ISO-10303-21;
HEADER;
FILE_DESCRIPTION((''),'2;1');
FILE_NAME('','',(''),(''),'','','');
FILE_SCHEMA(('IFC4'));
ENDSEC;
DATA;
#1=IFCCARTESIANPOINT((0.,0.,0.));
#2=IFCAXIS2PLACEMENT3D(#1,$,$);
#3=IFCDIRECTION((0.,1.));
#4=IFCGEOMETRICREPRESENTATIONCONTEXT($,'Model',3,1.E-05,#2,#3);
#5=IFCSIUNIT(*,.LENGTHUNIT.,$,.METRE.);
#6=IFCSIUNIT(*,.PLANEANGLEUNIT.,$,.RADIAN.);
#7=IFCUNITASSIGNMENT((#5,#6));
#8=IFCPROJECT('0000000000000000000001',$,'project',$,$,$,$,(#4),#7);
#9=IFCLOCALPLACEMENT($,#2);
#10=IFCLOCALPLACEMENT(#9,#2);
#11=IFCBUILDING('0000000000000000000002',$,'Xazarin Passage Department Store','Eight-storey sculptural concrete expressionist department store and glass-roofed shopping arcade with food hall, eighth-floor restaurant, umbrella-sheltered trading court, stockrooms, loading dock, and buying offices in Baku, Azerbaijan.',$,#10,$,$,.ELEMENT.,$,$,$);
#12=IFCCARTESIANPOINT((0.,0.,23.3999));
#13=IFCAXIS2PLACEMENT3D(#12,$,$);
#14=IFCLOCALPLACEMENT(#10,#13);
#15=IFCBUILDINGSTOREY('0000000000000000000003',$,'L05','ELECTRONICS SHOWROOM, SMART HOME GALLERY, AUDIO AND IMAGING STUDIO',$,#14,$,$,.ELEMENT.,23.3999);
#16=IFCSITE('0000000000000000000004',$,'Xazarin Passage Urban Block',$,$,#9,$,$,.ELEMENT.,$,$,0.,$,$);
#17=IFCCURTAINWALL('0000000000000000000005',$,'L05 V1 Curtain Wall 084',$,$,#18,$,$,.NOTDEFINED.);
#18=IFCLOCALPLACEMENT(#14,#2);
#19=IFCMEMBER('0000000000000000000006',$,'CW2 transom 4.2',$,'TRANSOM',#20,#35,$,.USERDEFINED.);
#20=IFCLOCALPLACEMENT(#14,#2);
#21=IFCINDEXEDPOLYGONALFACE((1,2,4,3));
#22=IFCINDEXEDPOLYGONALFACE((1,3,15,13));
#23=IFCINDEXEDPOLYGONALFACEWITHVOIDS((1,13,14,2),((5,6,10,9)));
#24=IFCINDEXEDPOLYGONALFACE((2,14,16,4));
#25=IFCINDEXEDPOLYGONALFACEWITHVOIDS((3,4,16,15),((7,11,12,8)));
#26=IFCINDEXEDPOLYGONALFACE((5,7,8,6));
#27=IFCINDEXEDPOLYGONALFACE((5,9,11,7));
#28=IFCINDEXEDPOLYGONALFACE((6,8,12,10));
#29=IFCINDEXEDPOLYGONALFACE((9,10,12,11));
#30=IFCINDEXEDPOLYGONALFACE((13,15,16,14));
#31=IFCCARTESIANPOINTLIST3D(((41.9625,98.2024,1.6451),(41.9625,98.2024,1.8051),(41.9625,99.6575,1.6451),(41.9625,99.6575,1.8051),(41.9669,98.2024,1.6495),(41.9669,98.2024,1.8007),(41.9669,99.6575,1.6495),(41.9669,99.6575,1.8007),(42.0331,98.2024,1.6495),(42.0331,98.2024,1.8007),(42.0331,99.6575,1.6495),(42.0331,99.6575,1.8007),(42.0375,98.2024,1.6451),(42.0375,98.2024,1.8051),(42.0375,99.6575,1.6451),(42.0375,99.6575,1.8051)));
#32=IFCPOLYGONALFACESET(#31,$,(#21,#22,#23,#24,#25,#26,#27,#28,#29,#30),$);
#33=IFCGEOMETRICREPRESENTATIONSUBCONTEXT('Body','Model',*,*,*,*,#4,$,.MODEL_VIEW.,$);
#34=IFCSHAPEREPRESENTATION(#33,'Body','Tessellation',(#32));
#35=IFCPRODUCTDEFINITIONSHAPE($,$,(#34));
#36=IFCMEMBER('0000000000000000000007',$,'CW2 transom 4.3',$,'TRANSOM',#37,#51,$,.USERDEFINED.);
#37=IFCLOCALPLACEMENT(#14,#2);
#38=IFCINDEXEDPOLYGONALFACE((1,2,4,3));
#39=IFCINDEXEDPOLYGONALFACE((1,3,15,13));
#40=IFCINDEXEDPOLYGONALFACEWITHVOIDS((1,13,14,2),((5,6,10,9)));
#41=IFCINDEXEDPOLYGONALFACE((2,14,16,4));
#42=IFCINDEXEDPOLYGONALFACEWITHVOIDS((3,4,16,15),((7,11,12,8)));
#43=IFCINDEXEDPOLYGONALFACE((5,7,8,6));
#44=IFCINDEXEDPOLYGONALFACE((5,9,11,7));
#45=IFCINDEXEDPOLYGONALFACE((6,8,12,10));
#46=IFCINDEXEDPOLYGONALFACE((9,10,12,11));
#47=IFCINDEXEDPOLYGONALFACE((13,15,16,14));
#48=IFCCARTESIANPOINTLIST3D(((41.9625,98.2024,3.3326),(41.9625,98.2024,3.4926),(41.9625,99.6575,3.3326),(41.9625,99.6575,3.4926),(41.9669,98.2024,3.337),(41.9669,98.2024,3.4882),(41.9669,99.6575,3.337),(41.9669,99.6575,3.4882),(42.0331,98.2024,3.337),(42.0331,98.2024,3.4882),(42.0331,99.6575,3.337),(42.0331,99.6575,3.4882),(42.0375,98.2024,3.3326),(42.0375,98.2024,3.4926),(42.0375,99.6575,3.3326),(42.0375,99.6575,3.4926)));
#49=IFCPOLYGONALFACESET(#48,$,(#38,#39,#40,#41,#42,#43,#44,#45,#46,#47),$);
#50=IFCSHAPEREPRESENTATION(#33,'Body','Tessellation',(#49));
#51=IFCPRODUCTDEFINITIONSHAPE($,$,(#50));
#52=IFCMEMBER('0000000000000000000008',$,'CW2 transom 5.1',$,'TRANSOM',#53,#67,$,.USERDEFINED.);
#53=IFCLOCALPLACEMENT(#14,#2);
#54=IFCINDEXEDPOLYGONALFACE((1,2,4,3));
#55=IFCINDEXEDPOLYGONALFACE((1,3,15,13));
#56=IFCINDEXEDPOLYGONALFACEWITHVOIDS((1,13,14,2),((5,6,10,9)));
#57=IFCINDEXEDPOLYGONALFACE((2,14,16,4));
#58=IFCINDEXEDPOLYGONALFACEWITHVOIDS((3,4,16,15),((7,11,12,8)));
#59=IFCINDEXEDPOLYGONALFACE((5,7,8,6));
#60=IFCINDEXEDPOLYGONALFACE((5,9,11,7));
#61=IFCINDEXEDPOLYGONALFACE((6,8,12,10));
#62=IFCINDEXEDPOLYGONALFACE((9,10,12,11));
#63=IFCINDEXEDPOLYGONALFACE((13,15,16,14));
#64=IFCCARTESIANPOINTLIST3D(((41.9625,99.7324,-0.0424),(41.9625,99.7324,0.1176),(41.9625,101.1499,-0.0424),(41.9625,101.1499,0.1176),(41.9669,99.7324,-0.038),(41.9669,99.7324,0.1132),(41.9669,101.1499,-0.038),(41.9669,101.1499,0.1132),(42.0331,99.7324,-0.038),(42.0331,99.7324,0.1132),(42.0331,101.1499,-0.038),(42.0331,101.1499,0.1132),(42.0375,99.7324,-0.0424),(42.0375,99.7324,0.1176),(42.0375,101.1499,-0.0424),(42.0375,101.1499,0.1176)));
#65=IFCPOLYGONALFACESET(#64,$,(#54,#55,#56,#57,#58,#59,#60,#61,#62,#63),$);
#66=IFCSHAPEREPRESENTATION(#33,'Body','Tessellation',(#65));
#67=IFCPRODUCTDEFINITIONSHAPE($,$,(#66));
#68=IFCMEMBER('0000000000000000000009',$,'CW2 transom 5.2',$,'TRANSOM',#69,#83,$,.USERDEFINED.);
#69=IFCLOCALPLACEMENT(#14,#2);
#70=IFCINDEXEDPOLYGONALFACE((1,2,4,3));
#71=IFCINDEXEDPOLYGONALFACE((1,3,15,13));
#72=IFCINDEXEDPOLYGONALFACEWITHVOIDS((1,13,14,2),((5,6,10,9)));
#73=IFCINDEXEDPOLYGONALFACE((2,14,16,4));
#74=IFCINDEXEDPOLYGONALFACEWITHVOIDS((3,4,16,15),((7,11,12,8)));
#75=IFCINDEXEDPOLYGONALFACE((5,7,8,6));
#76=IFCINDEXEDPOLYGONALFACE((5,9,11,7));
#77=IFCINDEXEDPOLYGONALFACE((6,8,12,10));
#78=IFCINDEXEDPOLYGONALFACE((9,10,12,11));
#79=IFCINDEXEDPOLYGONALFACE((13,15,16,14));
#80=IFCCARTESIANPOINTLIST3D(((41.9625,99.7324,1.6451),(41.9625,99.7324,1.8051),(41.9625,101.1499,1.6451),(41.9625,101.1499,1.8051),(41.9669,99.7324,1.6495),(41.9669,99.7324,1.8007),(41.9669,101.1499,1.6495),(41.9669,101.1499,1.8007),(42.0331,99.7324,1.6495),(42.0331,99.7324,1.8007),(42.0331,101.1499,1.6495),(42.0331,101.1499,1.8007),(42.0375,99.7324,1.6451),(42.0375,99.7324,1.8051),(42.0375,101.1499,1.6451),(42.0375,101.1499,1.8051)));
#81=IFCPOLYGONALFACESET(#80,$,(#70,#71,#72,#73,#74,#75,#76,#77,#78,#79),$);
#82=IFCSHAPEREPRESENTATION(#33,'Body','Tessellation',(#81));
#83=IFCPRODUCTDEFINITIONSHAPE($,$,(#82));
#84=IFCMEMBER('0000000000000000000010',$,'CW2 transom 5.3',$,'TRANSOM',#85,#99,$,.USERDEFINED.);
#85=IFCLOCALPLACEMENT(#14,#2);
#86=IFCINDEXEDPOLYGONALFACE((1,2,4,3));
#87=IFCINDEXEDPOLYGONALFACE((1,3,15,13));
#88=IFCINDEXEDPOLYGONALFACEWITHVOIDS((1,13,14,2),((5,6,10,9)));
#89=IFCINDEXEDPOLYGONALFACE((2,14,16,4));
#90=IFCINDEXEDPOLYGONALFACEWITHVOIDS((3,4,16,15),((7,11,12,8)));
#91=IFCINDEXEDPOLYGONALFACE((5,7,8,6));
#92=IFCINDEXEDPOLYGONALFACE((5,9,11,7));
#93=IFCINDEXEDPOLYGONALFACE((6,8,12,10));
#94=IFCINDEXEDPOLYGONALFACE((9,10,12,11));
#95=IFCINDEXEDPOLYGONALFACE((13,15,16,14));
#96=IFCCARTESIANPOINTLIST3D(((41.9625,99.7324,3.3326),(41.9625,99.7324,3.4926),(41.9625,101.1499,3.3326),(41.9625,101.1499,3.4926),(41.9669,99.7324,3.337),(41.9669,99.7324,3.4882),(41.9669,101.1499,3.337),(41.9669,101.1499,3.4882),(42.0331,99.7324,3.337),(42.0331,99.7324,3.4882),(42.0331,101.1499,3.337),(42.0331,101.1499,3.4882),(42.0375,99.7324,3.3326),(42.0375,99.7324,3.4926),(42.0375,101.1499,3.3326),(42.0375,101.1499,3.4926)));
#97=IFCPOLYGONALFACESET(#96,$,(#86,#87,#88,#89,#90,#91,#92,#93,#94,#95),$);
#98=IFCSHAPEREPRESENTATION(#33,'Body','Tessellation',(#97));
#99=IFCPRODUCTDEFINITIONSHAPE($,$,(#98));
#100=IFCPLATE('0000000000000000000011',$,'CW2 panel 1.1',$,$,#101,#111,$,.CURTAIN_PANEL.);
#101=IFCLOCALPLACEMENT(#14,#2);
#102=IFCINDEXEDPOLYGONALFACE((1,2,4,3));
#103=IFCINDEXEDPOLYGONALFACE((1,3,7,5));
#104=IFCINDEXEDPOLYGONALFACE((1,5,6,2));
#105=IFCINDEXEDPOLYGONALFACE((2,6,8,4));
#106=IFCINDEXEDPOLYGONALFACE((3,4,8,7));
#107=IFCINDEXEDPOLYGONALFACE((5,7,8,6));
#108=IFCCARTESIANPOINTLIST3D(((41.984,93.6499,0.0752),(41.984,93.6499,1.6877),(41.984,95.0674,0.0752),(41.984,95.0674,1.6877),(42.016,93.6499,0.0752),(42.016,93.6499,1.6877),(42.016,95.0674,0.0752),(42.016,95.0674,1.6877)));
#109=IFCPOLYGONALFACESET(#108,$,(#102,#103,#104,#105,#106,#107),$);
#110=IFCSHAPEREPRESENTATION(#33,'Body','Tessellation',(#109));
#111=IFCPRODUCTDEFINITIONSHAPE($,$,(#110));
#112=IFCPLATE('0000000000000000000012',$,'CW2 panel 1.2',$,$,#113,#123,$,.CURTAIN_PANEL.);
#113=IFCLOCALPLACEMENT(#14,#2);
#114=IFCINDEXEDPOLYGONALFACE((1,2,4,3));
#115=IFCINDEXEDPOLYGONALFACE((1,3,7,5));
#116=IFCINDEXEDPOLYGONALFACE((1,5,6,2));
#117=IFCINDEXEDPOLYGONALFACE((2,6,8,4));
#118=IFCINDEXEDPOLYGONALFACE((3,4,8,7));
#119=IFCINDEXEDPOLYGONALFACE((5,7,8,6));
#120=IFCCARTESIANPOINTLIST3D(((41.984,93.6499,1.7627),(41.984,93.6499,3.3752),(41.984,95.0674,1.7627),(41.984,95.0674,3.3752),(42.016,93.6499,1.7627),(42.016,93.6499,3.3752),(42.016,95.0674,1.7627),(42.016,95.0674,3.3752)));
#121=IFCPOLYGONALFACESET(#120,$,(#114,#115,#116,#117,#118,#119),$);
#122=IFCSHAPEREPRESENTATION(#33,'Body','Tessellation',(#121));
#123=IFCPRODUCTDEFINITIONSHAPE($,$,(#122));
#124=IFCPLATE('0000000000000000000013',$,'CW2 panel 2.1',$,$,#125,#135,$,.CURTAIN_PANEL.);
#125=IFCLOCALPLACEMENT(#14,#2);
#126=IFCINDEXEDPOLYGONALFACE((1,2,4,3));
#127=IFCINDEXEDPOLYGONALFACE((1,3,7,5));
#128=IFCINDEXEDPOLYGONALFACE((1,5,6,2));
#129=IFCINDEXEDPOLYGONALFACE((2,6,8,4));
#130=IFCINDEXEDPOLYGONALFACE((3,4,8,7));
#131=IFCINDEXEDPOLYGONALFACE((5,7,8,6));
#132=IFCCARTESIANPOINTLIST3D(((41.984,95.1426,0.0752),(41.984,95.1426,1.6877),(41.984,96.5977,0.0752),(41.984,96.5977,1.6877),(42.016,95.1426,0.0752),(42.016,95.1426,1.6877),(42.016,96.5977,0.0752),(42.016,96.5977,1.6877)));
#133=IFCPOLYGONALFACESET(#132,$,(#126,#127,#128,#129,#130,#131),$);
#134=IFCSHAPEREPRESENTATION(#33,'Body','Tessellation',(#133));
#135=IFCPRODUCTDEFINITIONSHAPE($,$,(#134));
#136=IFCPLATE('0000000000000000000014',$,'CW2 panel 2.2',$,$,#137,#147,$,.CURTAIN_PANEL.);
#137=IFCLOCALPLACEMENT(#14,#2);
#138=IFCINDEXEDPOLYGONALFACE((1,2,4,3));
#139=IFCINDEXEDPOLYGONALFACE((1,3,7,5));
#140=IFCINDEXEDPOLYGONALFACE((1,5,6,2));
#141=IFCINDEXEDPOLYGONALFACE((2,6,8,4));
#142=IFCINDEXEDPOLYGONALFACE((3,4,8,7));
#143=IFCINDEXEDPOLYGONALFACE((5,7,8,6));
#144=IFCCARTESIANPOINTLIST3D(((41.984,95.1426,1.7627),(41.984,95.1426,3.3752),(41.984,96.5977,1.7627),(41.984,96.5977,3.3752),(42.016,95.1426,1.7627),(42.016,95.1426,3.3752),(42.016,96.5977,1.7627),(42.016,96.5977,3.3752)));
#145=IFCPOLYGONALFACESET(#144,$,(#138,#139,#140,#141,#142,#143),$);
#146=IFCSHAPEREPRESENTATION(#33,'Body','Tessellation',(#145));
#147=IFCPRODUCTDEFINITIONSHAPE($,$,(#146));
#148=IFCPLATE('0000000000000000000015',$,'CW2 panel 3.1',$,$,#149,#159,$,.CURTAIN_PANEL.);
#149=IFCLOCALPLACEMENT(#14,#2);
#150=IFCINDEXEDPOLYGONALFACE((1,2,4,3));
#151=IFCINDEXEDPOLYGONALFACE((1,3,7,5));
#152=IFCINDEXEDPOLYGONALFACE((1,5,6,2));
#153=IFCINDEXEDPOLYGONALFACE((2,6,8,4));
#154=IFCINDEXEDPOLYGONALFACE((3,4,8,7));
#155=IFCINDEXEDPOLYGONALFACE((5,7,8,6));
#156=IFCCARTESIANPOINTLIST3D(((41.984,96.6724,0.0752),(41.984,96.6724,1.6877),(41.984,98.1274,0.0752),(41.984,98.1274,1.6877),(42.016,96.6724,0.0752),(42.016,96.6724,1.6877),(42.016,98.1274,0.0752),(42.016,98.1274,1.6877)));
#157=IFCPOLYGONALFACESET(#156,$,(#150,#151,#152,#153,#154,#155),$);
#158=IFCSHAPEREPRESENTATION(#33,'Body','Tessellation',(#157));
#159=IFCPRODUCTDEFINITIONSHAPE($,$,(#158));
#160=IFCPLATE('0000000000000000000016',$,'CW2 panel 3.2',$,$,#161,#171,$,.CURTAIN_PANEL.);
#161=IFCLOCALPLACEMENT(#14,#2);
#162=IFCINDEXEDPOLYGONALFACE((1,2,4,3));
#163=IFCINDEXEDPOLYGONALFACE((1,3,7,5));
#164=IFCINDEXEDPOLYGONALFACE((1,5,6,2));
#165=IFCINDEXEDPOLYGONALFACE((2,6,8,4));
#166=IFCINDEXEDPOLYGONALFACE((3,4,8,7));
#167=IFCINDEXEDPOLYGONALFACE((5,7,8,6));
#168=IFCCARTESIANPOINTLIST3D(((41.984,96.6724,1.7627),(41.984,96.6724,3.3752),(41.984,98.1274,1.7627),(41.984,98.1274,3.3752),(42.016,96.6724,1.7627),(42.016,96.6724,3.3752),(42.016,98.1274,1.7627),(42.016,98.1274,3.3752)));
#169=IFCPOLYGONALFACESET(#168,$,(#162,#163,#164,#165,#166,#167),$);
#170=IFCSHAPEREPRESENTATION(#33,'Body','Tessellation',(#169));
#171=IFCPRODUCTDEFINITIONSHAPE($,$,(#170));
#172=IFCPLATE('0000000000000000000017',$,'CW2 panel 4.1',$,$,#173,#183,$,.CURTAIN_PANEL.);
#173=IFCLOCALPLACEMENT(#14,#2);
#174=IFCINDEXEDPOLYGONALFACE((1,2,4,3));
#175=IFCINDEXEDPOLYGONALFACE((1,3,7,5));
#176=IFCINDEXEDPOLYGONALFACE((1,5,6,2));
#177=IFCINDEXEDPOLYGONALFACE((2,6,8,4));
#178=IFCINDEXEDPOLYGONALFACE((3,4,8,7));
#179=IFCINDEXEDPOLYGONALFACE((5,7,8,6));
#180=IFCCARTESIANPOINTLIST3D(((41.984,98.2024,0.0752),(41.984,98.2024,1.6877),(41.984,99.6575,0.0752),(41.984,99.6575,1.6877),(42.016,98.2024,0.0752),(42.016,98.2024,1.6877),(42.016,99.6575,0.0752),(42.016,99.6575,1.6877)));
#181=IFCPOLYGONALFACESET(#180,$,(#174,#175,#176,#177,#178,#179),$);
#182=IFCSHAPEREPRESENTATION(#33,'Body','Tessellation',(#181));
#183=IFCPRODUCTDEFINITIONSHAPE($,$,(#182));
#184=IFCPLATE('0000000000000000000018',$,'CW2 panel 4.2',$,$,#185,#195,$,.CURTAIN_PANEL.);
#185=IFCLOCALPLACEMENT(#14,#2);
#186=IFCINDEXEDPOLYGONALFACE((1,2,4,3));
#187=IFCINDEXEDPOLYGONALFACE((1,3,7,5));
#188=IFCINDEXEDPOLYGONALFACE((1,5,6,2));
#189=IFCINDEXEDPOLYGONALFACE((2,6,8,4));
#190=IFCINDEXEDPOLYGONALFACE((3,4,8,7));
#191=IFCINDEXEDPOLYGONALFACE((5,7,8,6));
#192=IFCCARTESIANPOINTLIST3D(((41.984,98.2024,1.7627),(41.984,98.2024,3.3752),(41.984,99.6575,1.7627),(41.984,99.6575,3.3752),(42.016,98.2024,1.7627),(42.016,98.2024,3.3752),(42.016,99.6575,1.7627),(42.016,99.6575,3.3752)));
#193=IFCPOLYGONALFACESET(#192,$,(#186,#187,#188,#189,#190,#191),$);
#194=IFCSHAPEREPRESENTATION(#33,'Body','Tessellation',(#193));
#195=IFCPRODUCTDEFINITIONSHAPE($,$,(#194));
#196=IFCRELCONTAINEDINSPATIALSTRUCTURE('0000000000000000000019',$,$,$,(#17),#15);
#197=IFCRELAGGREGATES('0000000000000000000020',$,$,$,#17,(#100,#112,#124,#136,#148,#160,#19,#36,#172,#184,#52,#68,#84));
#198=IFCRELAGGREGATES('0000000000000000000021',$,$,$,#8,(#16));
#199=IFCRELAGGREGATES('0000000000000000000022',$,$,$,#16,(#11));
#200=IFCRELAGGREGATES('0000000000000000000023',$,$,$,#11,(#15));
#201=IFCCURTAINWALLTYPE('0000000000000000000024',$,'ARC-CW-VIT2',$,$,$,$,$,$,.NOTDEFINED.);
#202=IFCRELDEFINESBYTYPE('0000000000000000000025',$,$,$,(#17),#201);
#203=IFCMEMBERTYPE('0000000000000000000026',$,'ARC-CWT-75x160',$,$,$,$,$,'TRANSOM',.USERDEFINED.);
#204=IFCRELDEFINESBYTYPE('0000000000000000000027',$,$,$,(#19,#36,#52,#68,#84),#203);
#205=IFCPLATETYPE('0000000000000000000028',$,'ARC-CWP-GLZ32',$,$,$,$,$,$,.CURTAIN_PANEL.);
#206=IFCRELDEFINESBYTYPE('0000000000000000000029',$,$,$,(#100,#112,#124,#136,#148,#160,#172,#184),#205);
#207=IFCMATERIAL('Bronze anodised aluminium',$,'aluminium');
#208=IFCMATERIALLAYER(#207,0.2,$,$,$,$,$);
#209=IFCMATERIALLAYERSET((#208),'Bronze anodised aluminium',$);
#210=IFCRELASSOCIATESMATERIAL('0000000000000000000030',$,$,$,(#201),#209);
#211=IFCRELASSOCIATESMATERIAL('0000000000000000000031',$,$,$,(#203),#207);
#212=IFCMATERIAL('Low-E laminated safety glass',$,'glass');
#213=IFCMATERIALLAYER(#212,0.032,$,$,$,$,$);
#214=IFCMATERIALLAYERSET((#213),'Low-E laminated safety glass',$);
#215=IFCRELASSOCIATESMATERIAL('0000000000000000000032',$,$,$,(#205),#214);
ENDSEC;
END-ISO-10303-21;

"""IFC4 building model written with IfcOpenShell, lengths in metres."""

from ifc_helpers import new_model, si_unit, direction, frame, origin, origin_2d, place, context, subcontext, project, spatial, rectangle, hollow_rectangle, extrude, material, layer, layer_set, material_profile, profile_set, type_object, element, aggregate, save


model = new_model("IFC4")

# Units and contexts
model_context = context("Model", 3, precision=1e-05, world=origin(), true_north=direction((0.0, 1.0)))
body_context = subcontext(model_context, "Body", "Model", "MODEL_VIEW")
ifc_project = project(units=[si_unit("LENGTHUNIT", "METRE"), si_unit("PLANEANGLEUNIT", "RADIAN")], contexts=[model_context])

# Site, building, storey
site_placement = place(None, origin())
site = spatial("IfcSite", under=ifc_project, at=site_placement, Name="Xazarin Passage Urban Block", CompositionType="ELEMENT", RefElevation=0.0)
building_placement = place(site_placement, origin())
building = spatial("IfcBuilding", under=site, at=building_placement, Name="Xazarin Passage Department Store", Description="Eight-storey sculptural concrete expressionist department store and glass-roofed shopping arcade with food hall, eighth-floor restaurant, umbrella-sheltered trading court, stockrooms, loading dock, and buying offices in Baku, Azerbaijan.", CompositionType="ELEMENT")
storey_placement = place(building_placement, frame((0.0, 0.0, 23.3999)))
storey = spatial("IfcBuildingStorey", under=building, at=storey_placement, Name="L05", Description="ELECTRONICS SHOWROOM, SMART HOME GALLERY, AUDIO AND IMAGING STUDIO", CompositionType="ELEMENT", Elevation=23.3999)

# Curtain wall, members, plates
ifc_material_1 = material(Name="Bronze anodised aluminium", Category="aluminium")
ifc_layer_1 = layer(ifc_material_1, 0.2)
ifc_layer_set_1 = layer_set([ifc_layer_1], Name="Bronze anodised aluminium")
curtain_wall_type = type_object("IfcCurtainWallType", Name="ARC-CW-VIT2", PredefinedType="NOTDEFINED", material=ifc_layer_set_1)
curtain_wall_placement = place(storey_placement, origin())
curtain_wall = element("IfcCurtainWall", 1, at=curtain_wall_placement, inside=storey, type_object=curtain_wall_type, Name="L05 V1 Curtain Wall 084", PredefinedType="NOTDEFINED")
ifc_material_profile_1 = material_profile(ifc_material_1, hollow_rectangle(XDim=0.075, YDim=0.1599, WallThickness=0.0044, at=origin_2d()), Name="ALU 75x160")
ifc_profile_set_1 = profile_set([ifc_material_profile_1], Name="Bronze anodised aluminium")
member_type_1 = type_object("IfcMemberType", Name="ARC-CWT-75x160", ElementType="TRANSOM", PredefinedType="USERDEFINED", material=ifc_profile_set_1)
member_1_placement = place(storey_placement, frame((42.0, 98.2024, 1.7251), z_axis=(0.0, 1.0, 0.0), x_axis=(-1.0, 0.0, 0.0)))
member_1 = element("IfcMember", 2, at=member_1_placement, type_object=member_type_1, Name="CW2 transom 4.2", ObjectType="TRANSOM", PredefinedType="USERDEFINED", context=body_context, shape_type="SweptSolid", body=[
    extrude(hollow_rectangle(XDim=0.075, YDim=0.1599, WallThickness=0.0044, at=origin_2d()), origin(), (0.0, 0.0, 1.0), 1.4551),
])
member_2_placement = place(storey_placement, frame((42.0, 98.2024, 3.4126), z_axis=(0.0, 1.0, 0.0), x_axis=(-1.0, 0.0, 0.0)))
member_2 = element("IfcMember", 3, at=member_2_placement, type_object=member_type_1, Name="CW2 transom 4.3", ObjectType="TRANSOM", PredefinedType="USERDEFINED", context=body_context, shape_type="SweptSolid", body=[
    extrude(hollow_rectangle(XDim=0.075, YDim=0.1599, WallThickness=0.0044, at=origin_2d()), origin(), (0.0, 0.0, 1.0), 1.4551),
])
member_3_placement = place(storey_placement, frame((42.0, 99.7324, 0.0376), z_axis=(0.0, 1.0, 0.0), x_axis=(-1.0, 0.0, 0.0)))
member_3 = element("IfcMember", 4, at=member_3_placement, type_object=member_type_1, Name="CW2 transom 5.1", ObjectType="TRANSOM", PredefinedType="USERDEFINED", context=body_context, shape_type="SweptSolid", body=[
    extrude(hollow_rectangle(XDim=0.075, YDim=0.1599, WallThickness=0.0044, at=origin_2d()), origin(), (0.0, 0.0, 1.0), 1.4175),
])
member_4_placement = place(storey_placement, frame((42.0, 99.7324, 1.7251), z_axis=(0.0, 1.0, 0.0), x_axis=(-1.0, 0.0, 0.0)))
member_4 = element("IfcMember", 5, at=member_4_placement, type_object=member_type_1, Name="CW2 transom 5.2", ObjectType="TRANSOM", PredefinedType="USERDEFINED", context=body_context, shape_type="SweptSolid", body=[
    extrude(hollow_rectangle(XDim=0.075, YDim=0.1599, WallThickness=0.0044, at=origin_2d()), origin(), (0.0, 0.0, 1.0), 1.4175),
])
member_5_placement = place(storey_placement, frame((42.0, 99.7324, 3.4126), z_axis=(0.0, 1.0, 0.0), x_axis=(-1.0, 0.0, 0.0)))
member_5 = element("IfcMember", 6, at=member_5_placement, type_object=member_type_1, Name="CW2 transom 5.3", ObjectType="TRANSOM", PredefinedType="USERDEFINED", context=body_context, shape_type="SweptSolid", body=[
    extrude(hollow_rectangle(XDim=0.075, YDim=0.1599, WallThickness=0.0044, at=origin_2d()), origin(), (0.0, 0.0, 1.0), 1.4175),
])
ifc_material_2 = material(Name="Low-E laminated safety glass", Category="glass")
ifc_layer_2 = layer(ifc_material_2, 0.032)
ifc_layer_set_2 = layer_set([ifc_layer_2], Name="Low-E laminated safety glass")
plate_type = type_object("IfcPlateType", Name="ARC-CWP-GLZ32", PredefinedType="CURTAIN_PANEL", material=ifc_layer_set_2)
plate_1_placement = place(storey_placement, frame((42.0, 94.3586, 0.0752), z_axis=(0.0, 0.0, 1.0), x_axis=(0.0, 1.0, 0.0)))
plate_1 = element("IfcPlate", 7, at=plate_1_placement, type_object=plate_type, Name="CW2 panel 1.1", PredefinedType="CURTAIN_PANEL", context=body_context, shape_type="SweptSolid", body=[
    extrude(rectangle(XDim=1.4175, YDim=0.032, at=origin_2d()), origin(), (0.0, 0.0, 1.0), 1.6125),
])
plate_2_placement = place(storey_placement, frame((42.0, 94.3586, 1.7627), z_axis=(0.0, 0.0, 1.0), x_axis=(0.0, 1.0, 0.0)))
plate_2 = element("IfcPlate", 8, at=plate_2_placement, type_object=plate_type, Name="CW2 panel 1.2", PredefinedType="CURTAIN_PANEL", context=body_context, shape_type="SweptSolid", body=[
    extrude(rectangle(XDim=1.4175, YDim=0.032, at=origin_2d()), origin(), (0.0, 0.0, 1.0), 1.6125),
])
plate_3_placement = place(storey_placement, frame((42.0, 95.8701, 0.0752), z_axis=(0.0, 0.0, 1.0), x_axis=(0.0, 1.0, 0.0)))
plate_3 = element("IfcPlate", 9, at=plate_3_placement, type_object=plate_type, Name="CW2 panel 2.1", PredefinedType="CURTAIN_PANEL", context=body_context, shape_type="SweptSolid", body=[
    extrude(rectangle(XDim=1.4551, YDim=0.032, at=origin_2d()), origin(), (0.0, 0.0, 1.0), 1.6125),
])
plate_4_placement = place(storey_placement, frame((42.0, 95.8701, 1.7627), z_axis=(0.0, 0.0, 1.0), x_axis=(0.0, 1.0, 0.0)))
plate_4 = element("IfcPlate", 10, at=plate_4_placement, type_object=plate_type, Name="CW2 panel 2.2", PredefinedType="CURTAIN_PANEL", context=body_context, shape_type="SweptSolid", body=[
    extrude(rectangle(XDim=1.4551, YDim=0.032, at=origin_2d()), origin(), (0.0, 0.0, 1.0), 1.6125),
])
plate_5_placement = place(storey_placement, frame((42.0, 97.3999, 0.0752), z_axis=(0.0, 0.0, 1.0), x_axis=(0.0, 1.0, 0.0)))
plate_5 = element("IfcPlate", 11, at=plate_5_placement, type_object=plate_type, Name="CW2 panel 3.1", PredefinedType="CURTAIN_PANEL", context=body_context, shape_type="SweptSolid", body=[
    extrude(rectangle(XDim=1.4551, YDim=0.032, at=origin_2d()), origin(), (0.0, 0.0, 1.0), 1.6125),
])
plate_6_placement = place(storey_placement, frame((42.0, 97.3999, 1.7627), z_axis=(0.0, 0.0, 1.0), x_axis=(0.0, 1.0, 0.0)))
plate_6 = element("IfcPlate", 12, at=plate_6_placement, type_object=plate_type, Name="CW2 panel 3.2", PredefinedType="CURTAIN_PANEL", context=body_context, shape_type="SweptSolid", body=[
    extrude(rectangle(XDim=1.4551, YDim=0.032, at=origin_2d()), origin(), (0.0, 0.0, 1.0), 1.6125),
])
plate_7_placement = place(storey_placement, frame((42.0, 98.9299, 0.0752), z_axis=(0.0, 0.0, 1.0), x_axis=(0.0, 1.0, 0.0)))
plate_7 = element("IfcPlate", 13, at=plate_7_placement, type_object=plate_type, Name="CW2 panel 4.1", PredefinedType="CURTAIN_PANEL", context=body_context, shape_type="SweptSolid", body=[
    extrude(rectangle(XDim=1.4551, YDim=0.032, at=origin_2d()), origin(), (0.0, 0.0, 1.0), 1.6125),
])
plate_8_placement = place(storey_placement, frame((42.0, 98.9299, 1.7627), z_axis=(0.0, 0.0, 1.0), x_axis=(0.0, 1.0, 0.0)))
plate_8 = element("IfcPlate", 14, at=plate_8_placement, type_object=plate_type, Name="CW2 panel 4.2", PredefinedType="CURTAIN_PANEL", context=body_context, shape_type="SweptSolid", body=[
    extrude(rectangle(XDim=1.4551, YDim=0.032, at=origin_2d()), origin(), (0.0, 0.0, 1.0), 1.6125),
])
aggregate(curtain_wall, [plate_1, plate_2, plate_3, plate_4, plate_5, plate_6, member_1, member_2, plate_7, plate_8, member_3, member_4, member_5])

save(model, "model.ifc")
